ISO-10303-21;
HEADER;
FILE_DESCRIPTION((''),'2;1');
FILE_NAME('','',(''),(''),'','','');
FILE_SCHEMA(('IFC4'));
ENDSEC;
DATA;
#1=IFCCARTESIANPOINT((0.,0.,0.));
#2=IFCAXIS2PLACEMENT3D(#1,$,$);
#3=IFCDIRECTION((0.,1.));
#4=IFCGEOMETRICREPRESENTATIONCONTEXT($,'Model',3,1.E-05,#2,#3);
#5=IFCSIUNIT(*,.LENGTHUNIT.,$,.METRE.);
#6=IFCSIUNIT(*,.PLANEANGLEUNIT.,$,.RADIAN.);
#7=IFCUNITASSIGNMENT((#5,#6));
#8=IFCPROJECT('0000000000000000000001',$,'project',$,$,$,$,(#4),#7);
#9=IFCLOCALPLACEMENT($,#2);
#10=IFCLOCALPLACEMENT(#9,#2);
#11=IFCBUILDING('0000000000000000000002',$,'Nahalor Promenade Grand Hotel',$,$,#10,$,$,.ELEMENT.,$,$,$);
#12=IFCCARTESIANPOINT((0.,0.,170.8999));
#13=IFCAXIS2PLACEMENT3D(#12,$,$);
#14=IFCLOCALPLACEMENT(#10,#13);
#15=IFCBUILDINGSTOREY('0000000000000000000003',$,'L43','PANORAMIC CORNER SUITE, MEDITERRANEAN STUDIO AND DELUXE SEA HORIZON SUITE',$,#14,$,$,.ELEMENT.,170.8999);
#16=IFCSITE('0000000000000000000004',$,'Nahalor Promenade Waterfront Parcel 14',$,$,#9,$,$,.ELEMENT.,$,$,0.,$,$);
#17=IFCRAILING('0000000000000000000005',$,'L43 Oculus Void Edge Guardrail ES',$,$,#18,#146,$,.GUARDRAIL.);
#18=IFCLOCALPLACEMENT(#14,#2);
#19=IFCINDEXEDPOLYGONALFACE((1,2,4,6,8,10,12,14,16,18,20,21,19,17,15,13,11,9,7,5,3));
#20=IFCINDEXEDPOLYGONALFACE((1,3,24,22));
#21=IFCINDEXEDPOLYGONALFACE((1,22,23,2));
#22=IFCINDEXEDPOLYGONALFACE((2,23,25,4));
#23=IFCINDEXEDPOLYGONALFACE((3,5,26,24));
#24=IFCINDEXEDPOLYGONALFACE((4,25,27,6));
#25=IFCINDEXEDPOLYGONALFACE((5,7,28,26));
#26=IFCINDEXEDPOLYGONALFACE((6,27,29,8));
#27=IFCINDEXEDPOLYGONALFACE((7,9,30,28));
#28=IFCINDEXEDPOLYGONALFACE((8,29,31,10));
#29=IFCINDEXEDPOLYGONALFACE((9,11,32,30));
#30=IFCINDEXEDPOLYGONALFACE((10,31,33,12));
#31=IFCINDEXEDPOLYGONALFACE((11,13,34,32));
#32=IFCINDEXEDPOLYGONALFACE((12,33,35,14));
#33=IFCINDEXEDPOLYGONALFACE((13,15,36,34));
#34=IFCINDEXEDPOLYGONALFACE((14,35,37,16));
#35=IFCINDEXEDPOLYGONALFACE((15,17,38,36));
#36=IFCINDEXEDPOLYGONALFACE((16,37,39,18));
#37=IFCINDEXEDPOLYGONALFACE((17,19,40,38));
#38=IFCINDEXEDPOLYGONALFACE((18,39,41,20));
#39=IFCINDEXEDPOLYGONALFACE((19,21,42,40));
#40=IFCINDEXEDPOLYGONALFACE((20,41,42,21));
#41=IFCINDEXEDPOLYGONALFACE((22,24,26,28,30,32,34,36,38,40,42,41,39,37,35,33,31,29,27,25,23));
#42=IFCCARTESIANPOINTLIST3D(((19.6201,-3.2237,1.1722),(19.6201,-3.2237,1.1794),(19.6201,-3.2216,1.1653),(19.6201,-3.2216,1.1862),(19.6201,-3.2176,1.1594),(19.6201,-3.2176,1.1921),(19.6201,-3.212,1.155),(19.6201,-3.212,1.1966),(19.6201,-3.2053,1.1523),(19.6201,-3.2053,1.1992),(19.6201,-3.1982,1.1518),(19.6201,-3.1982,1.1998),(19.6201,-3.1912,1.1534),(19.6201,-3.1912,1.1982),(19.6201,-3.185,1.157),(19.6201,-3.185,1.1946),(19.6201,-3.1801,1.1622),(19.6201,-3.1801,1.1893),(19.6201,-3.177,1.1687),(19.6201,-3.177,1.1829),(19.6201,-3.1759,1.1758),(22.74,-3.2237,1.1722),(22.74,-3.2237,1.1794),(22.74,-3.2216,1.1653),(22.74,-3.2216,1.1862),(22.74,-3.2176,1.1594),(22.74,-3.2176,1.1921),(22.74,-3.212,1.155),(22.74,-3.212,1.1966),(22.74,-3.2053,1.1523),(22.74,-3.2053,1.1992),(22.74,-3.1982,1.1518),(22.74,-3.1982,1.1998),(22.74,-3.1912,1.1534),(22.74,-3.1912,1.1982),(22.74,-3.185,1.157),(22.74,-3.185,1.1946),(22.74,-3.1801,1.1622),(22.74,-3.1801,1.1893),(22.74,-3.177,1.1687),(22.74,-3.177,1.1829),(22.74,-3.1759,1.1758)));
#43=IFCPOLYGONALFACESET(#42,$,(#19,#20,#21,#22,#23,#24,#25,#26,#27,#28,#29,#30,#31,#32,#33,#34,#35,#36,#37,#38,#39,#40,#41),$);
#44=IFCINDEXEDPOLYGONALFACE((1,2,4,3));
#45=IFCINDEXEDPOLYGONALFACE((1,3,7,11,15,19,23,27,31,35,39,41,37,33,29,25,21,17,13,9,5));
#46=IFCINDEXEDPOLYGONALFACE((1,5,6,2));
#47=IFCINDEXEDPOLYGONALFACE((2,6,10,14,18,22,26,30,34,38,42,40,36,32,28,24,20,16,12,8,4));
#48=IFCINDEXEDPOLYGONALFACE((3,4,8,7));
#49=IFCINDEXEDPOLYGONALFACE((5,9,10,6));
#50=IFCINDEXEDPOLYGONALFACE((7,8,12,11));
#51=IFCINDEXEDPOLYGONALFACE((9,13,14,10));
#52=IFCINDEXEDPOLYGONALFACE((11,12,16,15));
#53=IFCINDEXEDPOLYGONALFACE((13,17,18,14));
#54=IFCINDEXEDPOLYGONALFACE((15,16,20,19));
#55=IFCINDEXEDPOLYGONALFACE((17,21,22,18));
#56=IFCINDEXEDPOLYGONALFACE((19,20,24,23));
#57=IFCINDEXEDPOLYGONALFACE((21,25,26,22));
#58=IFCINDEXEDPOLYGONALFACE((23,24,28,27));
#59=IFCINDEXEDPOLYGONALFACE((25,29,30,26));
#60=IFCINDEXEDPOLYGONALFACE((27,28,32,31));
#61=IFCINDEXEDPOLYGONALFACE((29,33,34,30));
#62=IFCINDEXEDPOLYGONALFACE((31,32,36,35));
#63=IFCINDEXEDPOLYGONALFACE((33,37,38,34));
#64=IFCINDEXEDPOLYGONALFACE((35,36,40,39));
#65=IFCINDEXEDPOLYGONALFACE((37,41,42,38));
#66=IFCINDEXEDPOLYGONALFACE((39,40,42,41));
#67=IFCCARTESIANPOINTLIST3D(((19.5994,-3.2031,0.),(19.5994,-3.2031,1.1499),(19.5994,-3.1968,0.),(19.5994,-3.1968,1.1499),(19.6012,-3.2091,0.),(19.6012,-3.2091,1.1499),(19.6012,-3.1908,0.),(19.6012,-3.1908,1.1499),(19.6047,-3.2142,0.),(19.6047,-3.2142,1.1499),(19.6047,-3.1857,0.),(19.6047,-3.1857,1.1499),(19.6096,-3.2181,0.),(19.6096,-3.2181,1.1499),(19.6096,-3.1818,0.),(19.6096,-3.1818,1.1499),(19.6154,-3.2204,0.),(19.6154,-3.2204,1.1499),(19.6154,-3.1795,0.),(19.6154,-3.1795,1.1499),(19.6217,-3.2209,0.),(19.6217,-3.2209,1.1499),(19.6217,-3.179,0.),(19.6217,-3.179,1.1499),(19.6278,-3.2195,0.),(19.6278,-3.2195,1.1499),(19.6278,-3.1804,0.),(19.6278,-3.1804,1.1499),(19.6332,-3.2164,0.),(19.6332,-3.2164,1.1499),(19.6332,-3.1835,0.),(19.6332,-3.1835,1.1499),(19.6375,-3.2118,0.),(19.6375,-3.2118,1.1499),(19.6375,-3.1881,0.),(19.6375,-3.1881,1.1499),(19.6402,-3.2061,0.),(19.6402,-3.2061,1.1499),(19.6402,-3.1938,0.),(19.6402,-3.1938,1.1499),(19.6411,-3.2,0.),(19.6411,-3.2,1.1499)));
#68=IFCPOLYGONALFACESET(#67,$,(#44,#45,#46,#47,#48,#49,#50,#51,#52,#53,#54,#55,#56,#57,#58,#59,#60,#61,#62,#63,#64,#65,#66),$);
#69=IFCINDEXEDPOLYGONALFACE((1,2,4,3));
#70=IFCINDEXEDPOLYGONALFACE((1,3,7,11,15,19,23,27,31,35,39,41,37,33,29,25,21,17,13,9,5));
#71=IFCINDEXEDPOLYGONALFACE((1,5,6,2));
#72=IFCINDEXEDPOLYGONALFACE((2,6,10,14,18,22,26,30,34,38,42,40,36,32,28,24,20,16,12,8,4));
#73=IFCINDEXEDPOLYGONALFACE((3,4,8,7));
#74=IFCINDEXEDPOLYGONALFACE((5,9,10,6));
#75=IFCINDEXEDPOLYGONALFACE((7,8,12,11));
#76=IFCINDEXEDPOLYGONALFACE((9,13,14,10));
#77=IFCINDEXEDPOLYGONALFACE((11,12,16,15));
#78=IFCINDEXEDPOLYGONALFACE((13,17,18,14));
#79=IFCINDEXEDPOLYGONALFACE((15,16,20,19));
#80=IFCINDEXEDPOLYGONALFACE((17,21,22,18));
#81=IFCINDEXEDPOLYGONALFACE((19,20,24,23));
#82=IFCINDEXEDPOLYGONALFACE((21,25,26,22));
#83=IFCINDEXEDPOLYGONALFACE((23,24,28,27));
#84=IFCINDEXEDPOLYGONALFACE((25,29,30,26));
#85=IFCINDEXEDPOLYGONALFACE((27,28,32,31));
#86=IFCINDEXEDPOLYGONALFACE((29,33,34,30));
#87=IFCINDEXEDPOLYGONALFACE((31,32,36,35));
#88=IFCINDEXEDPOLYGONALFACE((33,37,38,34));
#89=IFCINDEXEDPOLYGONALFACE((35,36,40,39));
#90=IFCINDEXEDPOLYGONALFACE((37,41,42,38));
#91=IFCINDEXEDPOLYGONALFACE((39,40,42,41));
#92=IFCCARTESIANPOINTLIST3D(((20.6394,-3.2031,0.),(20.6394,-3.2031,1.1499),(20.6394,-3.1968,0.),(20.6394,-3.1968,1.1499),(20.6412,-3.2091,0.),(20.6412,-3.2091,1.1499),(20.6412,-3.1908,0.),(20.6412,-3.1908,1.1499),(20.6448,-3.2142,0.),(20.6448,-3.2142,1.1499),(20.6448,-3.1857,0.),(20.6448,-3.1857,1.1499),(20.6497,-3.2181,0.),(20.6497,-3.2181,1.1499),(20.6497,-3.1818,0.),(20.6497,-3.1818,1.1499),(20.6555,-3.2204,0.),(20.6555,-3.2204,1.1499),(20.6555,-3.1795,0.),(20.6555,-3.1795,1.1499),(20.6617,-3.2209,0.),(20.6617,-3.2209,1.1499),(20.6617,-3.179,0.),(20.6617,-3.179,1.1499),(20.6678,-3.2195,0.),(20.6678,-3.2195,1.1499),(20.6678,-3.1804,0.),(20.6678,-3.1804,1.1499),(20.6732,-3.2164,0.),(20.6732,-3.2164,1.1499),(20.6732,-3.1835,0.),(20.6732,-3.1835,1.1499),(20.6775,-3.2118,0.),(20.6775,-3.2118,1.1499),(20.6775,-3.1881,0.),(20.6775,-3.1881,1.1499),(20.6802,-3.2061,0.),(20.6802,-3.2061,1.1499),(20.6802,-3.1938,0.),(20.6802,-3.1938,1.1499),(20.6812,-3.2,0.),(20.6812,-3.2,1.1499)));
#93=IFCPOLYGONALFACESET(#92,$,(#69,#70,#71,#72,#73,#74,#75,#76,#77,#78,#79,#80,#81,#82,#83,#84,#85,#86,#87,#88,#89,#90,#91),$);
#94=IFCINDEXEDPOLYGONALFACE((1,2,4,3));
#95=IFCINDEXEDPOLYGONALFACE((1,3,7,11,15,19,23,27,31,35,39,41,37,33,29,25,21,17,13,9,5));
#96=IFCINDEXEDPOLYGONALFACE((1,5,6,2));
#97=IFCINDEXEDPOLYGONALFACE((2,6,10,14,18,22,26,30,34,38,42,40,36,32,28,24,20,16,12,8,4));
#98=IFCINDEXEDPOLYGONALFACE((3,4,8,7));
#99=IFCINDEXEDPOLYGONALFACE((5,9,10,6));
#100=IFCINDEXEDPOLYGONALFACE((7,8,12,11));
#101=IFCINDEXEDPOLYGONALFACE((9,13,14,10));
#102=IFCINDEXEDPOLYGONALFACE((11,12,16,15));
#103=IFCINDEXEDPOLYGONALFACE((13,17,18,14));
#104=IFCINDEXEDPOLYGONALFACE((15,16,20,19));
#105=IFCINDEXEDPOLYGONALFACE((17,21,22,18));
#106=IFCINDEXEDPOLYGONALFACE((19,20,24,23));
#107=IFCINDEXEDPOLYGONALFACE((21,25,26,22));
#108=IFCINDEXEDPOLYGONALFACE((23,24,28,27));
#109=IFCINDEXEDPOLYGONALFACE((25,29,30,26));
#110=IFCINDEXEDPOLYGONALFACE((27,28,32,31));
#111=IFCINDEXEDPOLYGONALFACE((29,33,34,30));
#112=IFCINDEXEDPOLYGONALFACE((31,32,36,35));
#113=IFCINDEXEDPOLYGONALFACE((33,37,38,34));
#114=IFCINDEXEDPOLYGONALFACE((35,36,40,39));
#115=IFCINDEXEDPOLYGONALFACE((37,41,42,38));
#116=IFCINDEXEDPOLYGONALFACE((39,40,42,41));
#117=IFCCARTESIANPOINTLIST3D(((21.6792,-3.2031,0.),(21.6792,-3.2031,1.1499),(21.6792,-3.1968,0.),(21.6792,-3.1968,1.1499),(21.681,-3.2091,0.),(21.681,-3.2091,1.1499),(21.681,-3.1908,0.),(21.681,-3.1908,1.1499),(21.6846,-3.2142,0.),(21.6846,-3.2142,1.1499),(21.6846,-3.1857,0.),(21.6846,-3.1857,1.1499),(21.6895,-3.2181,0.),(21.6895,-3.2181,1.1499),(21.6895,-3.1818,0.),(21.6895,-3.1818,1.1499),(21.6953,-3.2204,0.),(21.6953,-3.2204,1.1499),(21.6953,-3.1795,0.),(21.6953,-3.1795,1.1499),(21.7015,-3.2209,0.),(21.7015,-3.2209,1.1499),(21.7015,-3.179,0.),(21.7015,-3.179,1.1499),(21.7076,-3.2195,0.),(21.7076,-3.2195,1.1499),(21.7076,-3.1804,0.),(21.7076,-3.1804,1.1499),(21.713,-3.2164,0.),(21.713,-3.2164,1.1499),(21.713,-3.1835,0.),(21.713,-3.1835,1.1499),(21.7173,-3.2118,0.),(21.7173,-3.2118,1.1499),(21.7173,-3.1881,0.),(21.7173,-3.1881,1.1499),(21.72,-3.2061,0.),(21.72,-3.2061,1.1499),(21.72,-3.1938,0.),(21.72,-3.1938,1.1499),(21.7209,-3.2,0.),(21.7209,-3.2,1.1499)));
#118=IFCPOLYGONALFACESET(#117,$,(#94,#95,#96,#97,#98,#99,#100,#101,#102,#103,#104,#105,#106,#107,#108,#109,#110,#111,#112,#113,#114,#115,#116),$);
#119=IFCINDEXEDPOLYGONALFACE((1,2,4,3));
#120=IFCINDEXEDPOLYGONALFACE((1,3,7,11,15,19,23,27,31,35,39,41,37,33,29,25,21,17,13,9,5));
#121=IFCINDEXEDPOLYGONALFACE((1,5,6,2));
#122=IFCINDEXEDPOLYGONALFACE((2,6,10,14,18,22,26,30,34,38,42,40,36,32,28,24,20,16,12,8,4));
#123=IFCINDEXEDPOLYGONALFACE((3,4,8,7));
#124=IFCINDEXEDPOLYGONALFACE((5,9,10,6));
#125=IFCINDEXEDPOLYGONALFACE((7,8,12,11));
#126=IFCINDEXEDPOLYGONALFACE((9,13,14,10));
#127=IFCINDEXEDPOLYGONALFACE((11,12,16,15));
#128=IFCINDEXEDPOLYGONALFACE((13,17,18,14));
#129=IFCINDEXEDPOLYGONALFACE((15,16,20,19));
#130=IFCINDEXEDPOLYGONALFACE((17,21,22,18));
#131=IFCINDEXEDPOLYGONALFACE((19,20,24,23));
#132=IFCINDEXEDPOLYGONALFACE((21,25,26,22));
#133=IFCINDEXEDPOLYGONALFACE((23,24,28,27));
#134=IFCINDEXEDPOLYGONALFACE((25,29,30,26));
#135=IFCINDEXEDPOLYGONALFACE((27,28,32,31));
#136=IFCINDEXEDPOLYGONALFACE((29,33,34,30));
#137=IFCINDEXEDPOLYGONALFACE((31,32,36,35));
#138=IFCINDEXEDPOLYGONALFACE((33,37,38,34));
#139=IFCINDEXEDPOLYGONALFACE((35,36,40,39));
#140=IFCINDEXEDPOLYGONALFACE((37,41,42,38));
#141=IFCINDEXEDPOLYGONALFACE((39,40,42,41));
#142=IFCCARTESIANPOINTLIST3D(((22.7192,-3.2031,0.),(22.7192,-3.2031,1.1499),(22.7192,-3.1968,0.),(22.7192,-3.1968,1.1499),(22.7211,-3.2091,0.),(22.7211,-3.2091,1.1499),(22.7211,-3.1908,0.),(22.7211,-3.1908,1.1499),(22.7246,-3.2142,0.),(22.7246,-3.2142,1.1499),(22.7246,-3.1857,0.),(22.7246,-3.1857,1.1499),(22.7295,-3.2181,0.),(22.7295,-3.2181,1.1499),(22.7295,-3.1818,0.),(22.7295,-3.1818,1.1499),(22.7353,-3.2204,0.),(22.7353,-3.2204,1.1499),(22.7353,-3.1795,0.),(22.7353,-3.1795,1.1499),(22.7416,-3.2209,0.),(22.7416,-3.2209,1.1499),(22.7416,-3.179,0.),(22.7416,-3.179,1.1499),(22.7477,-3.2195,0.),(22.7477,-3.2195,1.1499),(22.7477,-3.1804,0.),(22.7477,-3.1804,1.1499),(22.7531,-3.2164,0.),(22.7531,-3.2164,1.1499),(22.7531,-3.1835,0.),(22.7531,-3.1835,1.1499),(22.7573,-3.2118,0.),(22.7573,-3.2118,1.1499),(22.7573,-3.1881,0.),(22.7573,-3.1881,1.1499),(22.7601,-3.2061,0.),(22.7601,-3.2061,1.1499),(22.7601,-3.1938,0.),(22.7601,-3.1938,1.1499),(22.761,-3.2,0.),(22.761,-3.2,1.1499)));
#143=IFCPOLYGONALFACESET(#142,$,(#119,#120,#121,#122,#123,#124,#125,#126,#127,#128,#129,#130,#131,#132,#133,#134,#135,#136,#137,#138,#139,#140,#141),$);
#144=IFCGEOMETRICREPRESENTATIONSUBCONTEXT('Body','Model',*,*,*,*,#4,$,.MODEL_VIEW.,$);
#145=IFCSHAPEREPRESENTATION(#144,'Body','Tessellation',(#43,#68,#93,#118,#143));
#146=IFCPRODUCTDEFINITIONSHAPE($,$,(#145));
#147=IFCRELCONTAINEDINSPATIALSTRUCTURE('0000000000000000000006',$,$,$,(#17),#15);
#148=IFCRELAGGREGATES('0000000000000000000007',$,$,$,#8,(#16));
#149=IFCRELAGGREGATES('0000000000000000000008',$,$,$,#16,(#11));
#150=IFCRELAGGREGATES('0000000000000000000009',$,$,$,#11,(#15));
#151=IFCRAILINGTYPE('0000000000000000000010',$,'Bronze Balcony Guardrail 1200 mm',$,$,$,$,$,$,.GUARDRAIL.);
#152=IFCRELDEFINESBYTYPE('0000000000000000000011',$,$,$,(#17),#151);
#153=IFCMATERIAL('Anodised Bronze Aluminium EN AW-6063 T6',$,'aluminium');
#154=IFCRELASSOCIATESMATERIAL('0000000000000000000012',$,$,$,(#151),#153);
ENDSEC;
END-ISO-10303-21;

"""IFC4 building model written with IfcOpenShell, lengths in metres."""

from ifc_helpers import new_model, si_unit, direction, frame, origin, origin_2d, place, context, subcontext, project, spatial, circle, extrude, material, type_object, element, save


model = new_model("IFC4")

# Units and contexts
model_context = context("Model", 3, precision=1e-05, world=origin(), true_north=direction((0.0, 1.0)))
body_context = subcontext(model_context, "Body", "Model", "MODEL_VIEW")
ifc_project = project(units=[si_unit("LENGTHUNIT", "METRE"), si_unit("PLANEANGLEUNIT", "RADIAN")], contexts=[model_context])

# Site, building, storey
site_placement = place(None, origin())
site = spatial("IfcSite", under=ifc_project, at=site_placement, Name="Nahalor Promenade Waterfront Parcel 14", CompositionType="ELEMENT", RefElevation=0.0)
building_placement = place(site_placement, origin())
building = spatial("IfcBuilding", under=site, at=building_placement, Name="Nahalor Promenade Grand Hotel", CompositionType="ELEMENT")
storey_placement = place(building_placement, frame((0.0, 0.0, 170.8999)))
storey = spatial("IfcBuildingStorey", under=building, at=storey_placement, Name="L43", Description="PANORAMIC CORNER SUITE, MEDITERRANEAN STUDIO AND DELUXE SEA HORIZON SUITE", CompositionType="ELEMENT", Elevation=170.8999)

# Shared definitions
ifc_material_1 = material(Name="Anodised Bronze Aluminium EN AW-6063 T6", Category="aluminium")

# Railing
railing_type = type_object("IfcRailingType", Name="Bronze Balcony Guardrail 1200 mm", PredefinedType="GUARDRAIL", material=ifc_material_1)
for number, where, name in (
    (1, (19.6201, -3.2, 0.0), "L43 Oculus Void Edge Guardrail ES"),
):
    element("IfcRailing", number, at=place(storey_placement, frame(where)), inside=storey, type_object=railing_type, Name=name, PredefinedType="GUARDRAIL", context=body_context, shape_type="SweptSolid", body=[
        extrude(circle(Radius=0.024, at=origin_2d()), frame((0.0, 0.0, 1.1758), z_axis=(1.0, 0.0, 0.0), x_axis=(0.0, 1.0, 0.0)), (0.0, 0.0, 1.0), 3.1199),
        extrude(circle(Radius=0.021, at=origin_2d()), origin(), (0.0, 0.0, 1.0), 1.1499),
        extrude(circle(Radius=0.021, at=origin_2d()), frame((1.04, 0.0, 0.0)), (0.0, 0.0, 1.0), 1.1499),
        extrude(circle(Radius=0.021, at=origin_2d()), frame((2.0798, 0.0, 0.0)), (0.0, 0.0, 1.0), 1.1499),
        extrude(circle(Radius=0.021, at=origin_2d()), frame((3.1199, 0.0, 0.0)), (0.0, 0.0, 1.0), 1.1499),
    ])

save(model, "model.ifc")
